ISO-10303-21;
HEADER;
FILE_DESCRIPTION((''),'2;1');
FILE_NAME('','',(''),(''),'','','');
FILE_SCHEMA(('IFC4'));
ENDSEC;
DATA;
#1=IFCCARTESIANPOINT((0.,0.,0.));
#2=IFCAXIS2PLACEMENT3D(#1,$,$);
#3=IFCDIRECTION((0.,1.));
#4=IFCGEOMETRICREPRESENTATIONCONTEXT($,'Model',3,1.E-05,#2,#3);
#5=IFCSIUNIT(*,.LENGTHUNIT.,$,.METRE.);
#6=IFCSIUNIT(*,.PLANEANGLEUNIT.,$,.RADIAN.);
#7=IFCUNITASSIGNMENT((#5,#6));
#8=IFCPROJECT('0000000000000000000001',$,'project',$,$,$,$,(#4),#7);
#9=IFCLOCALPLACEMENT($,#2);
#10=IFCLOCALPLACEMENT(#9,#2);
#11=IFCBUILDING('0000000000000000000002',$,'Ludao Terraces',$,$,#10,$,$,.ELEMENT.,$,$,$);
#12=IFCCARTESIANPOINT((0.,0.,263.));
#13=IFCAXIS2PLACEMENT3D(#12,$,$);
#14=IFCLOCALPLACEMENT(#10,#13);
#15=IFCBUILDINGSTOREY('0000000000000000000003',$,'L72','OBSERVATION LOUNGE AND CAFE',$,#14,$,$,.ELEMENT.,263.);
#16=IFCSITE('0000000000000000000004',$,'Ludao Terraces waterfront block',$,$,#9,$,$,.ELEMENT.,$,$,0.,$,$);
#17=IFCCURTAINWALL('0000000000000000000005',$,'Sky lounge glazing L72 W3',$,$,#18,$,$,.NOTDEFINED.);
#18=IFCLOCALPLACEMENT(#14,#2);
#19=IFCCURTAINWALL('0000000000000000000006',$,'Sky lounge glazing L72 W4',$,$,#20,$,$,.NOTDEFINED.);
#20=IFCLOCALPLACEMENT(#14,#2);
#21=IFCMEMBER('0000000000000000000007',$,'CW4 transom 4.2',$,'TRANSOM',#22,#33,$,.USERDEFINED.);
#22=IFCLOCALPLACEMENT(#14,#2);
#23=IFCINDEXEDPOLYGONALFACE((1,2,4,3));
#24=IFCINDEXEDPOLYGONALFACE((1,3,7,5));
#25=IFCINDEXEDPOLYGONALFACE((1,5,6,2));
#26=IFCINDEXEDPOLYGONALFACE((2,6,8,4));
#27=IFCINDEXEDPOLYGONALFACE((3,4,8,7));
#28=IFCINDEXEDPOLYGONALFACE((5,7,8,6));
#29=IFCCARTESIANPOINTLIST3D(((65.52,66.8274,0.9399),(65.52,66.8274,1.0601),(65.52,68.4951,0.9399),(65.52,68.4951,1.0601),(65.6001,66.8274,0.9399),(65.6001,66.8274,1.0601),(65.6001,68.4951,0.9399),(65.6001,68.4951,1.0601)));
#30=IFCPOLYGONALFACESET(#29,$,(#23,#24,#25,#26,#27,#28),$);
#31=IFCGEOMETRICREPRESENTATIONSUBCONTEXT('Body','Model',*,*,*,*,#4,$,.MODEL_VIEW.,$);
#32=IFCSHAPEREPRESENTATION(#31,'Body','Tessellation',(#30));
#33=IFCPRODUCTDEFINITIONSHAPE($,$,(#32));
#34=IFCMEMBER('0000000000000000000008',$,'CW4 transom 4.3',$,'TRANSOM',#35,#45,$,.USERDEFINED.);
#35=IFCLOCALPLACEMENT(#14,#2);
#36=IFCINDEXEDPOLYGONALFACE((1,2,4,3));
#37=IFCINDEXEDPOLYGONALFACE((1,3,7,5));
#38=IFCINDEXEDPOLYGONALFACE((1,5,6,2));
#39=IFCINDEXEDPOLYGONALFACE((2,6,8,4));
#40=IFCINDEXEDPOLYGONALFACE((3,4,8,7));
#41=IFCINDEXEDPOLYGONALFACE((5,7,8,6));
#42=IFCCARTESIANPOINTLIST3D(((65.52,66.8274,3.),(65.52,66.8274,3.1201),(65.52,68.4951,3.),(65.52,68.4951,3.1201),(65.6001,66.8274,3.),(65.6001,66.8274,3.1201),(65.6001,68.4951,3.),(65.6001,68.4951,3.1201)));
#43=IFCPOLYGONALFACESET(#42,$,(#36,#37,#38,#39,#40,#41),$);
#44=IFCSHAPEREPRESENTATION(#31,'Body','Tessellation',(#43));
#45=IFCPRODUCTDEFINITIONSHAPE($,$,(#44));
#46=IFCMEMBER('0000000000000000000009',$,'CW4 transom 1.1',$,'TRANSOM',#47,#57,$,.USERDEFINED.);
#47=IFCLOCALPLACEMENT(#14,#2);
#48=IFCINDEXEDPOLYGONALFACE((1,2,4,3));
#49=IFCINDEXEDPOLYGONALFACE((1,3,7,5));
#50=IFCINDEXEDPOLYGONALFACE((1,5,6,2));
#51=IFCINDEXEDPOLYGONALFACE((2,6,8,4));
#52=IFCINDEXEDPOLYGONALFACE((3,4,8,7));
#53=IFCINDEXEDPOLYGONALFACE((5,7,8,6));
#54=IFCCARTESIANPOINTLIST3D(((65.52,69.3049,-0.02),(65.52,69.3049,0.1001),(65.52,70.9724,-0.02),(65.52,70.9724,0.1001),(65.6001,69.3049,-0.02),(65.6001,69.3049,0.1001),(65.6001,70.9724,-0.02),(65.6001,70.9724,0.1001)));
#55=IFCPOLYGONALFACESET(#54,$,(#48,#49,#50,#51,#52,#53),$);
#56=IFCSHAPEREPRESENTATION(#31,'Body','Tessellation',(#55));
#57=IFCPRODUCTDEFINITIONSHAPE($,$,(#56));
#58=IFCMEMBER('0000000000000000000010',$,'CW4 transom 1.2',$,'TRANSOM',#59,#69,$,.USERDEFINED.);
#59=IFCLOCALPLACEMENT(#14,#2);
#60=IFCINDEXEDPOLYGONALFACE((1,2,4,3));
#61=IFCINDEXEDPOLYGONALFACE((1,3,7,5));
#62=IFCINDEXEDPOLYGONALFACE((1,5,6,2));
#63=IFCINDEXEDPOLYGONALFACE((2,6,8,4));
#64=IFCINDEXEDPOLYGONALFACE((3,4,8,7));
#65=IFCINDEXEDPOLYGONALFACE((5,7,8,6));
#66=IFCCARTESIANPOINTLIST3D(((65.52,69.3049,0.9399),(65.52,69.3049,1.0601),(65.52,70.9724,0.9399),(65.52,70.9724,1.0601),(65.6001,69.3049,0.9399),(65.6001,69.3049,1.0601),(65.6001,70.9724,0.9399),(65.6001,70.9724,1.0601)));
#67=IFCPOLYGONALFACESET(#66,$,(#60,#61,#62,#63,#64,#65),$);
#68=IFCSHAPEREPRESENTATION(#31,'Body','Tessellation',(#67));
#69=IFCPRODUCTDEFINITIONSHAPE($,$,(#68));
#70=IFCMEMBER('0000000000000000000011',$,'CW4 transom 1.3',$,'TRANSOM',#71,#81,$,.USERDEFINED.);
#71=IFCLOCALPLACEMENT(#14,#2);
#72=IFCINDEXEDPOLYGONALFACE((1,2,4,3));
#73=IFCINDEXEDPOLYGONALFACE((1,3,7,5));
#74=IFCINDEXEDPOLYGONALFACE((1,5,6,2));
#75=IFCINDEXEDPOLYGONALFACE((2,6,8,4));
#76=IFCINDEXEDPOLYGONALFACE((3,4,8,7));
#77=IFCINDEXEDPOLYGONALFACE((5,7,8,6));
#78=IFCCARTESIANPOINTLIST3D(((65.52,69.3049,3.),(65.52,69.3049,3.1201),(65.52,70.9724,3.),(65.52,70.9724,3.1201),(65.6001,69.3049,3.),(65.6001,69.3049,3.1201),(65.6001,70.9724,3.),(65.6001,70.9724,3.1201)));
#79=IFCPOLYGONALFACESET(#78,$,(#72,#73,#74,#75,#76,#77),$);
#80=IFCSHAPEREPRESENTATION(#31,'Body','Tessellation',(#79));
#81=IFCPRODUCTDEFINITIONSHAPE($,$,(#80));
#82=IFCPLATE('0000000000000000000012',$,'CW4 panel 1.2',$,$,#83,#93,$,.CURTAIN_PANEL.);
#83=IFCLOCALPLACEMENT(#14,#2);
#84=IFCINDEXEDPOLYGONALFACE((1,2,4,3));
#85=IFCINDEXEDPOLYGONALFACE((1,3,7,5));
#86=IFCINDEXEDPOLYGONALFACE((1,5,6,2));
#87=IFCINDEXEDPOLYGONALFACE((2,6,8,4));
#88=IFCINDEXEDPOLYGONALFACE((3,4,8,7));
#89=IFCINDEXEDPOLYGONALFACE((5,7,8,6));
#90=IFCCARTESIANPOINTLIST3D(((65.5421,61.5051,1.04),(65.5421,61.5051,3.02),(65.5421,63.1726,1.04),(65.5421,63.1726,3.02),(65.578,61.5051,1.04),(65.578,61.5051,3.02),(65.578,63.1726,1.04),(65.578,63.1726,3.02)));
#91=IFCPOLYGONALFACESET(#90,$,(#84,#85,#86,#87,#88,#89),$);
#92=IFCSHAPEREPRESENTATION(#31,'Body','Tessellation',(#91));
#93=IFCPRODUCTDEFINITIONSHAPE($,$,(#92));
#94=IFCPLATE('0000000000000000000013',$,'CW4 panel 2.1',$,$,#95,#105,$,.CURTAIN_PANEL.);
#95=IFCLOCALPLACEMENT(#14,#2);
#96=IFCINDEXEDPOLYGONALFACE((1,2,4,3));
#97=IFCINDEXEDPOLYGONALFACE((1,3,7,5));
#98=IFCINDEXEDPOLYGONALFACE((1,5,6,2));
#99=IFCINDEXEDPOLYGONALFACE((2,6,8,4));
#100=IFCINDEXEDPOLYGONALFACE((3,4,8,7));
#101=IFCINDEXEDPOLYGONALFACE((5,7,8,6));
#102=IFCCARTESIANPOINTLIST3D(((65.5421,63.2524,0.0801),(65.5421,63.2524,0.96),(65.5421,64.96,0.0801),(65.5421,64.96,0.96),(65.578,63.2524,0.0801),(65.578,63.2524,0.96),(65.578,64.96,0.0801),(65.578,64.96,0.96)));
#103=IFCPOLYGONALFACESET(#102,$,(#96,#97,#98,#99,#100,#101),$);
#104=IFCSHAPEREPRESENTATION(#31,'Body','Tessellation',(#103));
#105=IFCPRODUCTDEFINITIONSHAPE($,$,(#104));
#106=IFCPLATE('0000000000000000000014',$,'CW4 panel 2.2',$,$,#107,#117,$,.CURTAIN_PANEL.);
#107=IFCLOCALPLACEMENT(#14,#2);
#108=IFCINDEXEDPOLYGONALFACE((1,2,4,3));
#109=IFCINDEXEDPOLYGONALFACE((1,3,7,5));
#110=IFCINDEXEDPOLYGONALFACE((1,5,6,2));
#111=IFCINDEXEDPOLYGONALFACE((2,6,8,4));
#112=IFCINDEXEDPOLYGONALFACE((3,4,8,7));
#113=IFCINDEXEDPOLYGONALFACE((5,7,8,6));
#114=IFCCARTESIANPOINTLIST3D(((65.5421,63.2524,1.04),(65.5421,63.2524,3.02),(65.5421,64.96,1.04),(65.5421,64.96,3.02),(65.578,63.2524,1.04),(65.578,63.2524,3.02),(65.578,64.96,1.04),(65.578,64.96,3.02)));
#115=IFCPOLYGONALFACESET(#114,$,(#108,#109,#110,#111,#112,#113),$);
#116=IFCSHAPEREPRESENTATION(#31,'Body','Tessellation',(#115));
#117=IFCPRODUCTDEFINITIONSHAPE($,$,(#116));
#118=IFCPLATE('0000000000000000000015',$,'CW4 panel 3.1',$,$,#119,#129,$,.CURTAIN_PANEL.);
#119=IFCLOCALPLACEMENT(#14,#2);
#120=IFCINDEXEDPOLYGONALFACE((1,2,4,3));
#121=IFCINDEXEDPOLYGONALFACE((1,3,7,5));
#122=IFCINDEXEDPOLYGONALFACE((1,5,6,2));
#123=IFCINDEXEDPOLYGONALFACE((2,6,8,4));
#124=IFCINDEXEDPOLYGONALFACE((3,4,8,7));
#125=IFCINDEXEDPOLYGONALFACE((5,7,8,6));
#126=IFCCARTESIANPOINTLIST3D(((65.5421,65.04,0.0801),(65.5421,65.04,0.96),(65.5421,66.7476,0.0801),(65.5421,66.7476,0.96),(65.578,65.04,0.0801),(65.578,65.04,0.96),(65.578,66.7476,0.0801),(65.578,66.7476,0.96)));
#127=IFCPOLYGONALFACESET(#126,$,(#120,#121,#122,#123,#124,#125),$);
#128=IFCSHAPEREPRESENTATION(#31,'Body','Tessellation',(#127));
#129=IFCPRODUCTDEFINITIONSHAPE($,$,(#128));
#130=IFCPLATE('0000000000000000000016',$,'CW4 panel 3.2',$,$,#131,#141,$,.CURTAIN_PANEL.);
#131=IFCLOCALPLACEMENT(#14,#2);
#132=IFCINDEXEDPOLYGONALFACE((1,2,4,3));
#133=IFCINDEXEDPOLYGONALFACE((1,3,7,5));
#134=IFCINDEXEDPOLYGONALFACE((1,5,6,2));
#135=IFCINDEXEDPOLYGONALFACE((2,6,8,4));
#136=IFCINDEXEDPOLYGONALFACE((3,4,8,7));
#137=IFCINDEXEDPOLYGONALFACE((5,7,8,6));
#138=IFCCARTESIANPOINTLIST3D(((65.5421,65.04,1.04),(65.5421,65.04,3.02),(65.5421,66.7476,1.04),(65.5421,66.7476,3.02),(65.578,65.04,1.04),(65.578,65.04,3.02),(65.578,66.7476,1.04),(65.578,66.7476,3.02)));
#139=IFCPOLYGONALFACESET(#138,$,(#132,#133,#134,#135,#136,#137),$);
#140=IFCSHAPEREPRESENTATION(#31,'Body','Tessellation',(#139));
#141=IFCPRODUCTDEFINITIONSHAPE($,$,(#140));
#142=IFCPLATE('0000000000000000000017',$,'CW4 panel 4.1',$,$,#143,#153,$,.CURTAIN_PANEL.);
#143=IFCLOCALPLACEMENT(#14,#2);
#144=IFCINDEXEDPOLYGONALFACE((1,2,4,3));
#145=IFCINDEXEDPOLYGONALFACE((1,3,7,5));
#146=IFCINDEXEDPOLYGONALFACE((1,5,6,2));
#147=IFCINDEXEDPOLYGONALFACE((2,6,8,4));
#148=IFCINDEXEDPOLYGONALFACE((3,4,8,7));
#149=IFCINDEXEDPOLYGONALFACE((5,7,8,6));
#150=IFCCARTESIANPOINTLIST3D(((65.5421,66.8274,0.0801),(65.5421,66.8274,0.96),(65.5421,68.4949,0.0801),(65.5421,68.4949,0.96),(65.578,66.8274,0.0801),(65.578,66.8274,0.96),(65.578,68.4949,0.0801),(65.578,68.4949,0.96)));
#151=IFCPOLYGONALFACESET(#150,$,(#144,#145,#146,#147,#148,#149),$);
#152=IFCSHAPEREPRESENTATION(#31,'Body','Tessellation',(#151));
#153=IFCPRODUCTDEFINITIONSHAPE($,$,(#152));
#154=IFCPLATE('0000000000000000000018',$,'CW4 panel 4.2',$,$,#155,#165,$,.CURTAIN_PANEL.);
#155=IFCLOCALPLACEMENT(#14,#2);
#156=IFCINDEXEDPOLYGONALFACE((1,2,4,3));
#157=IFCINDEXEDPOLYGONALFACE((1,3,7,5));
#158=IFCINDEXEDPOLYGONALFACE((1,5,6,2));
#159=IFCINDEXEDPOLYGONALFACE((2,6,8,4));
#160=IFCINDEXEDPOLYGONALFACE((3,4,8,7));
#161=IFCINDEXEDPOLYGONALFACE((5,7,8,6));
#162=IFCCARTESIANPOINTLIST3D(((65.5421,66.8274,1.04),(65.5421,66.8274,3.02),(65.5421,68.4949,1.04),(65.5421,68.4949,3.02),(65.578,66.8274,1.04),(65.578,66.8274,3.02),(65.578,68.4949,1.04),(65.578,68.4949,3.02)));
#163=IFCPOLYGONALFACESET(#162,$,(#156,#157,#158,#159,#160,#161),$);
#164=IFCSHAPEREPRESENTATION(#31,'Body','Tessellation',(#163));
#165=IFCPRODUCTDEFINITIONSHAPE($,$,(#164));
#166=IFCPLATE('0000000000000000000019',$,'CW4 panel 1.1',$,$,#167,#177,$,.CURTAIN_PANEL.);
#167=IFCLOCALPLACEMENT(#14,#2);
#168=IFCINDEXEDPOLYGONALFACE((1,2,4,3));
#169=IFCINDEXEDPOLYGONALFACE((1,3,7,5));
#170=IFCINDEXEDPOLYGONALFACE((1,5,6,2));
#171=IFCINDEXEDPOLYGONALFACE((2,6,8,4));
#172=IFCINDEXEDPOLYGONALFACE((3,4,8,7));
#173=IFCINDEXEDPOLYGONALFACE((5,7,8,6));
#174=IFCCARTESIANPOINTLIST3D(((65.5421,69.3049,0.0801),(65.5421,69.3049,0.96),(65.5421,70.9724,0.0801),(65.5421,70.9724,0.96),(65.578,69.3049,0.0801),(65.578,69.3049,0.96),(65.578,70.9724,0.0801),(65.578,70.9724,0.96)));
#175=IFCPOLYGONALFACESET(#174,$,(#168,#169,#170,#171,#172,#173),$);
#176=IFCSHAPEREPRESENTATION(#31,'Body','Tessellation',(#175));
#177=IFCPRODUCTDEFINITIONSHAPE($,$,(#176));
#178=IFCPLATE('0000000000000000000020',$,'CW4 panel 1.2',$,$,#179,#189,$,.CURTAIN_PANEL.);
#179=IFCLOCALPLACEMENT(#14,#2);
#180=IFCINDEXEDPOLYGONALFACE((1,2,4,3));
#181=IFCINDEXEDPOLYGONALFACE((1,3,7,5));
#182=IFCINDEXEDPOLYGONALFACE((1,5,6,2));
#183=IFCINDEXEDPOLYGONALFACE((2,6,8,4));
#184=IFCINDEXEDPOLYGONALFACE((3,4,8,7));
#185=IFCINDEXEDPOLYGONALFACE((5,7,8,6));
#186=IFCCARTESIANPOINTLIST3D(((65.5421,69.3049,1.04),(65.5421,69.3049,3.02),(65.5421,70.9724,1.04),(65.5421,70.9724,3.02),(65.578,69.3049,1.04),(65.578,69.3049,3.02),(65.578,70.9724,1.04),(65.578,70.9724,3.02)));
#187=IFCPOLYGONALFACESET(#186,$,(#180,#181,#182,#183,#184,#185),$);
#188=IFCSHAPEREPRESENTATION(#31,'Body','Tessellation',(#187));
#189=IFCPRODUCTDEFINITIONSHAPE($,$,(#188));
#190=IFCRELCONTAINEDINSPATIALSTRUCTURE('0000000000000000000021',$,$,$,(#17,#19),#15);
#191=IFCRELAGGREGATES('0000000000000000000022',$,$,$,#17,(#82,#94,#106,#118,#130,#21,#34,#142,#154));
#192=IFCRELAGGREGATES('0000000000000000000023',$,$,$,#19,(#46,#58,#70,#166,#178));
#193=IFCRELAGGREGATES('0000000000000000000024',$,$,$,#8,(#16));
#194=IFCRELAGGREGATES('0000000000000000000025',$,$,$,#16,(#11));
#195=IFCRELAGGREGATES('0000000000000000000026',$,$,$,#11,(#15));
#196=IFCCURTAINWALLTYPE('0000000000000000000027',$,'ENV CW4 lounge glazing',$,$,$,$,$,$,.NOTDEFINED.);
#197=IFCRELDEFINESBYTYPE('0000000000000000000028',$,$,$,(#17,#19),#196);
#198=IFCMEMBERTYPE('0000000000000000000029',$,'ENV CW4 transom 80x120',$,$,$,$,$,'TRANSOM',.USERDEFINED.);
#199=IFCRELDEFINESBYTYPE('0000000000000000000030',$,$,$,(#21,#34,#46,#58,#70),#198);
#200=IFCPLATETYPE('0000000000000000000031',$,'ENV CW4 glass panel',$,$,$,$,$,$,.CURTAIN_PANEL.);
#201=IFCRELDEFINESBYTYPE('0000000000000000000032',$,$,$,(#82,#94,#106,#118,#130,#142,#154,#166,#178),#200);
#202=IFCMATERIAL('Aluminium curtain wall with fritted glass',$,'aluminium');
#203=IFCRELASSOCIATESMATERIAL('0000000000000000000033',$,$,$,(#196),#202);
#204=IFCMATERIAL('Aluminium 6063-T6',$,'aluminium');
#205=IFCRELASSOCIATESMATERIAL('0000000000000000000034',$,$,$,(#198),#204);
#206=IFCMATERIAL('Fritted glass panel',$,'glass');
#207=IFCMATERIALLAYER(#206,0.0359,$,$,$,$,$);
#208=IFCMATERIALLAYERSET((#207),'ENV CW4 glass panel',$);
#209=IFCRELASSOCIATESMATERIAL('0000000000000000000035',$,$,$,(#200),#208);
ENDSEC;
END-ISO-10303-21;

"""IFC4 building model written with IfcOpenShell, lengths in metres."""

from ifc_helpers import new_model, si_unit, direction, frame, origin, origin_2d, place, context, subcontext, project, spatial, rectangle, extrude, material, layer, layer_set, material_profile, profile_set, type_object, element, aggregate, save


model = new_model("IFC4")

# Units and contexts
model_context = context("Model", 3, precision=1e-05, world=origin(), true_north=direction((0.0, 1.0)))
body_context = subcontext(model_context, "Body", "Model", "MODEL_VIEW")
ifc_project = project(units=[si_unit("LENGTHUNIT", "METRE"), si_unit("PLANEANGLEUNIT", "RADIAN")], contexts=[model_context])

# Site, building, storey
site_placement = place(None, origin())
site = spatial("IfcSite", under=ifc_project, at=site_placement, Name="Ludao Terraces waterfront block", CompositionType="ELEMENT", RefElevation=0.0)
building_placement = place(site_placement, origin())
building = spatial("IfcBuilding", under=site, at=building_placement, Name="Ludao Terraces", CompositionType="ELEMENT")
storey_placement = place(building_placement, frame((0.0, 0.0, 263.0)))
storey = spatial("IfcBuildingStorey", under=building, at=storey_placement, Name="L72", Description="OBSERVATION LOUNGE AND CAFE", CompositionType="ELEMENT", Elevation=263.0)

# Curtain walls
ifc_material_1 = material(Name="Aluminium curtain wall with fritted glass", Category="aluminium")
curtain_wall_type = type_object("IfcCurtainWallType", Name="ENV CW4 lounge glazing", PredefinedType="NOTDEFINED", material=ifc_material_1)
curtain_wall_1_placement = place(storey_placement, origin())
curtain_wall_1 = element("IfcCurtainWall", 1, at=curtain_wall_1_placement, inside=storey, type_object=curtain_wall_type, Name="Sky lounge glazing L72 W3", PredefinedType="NOTDEFINED")
ifc_material_2 = material(Name="Aluminium 6063-T6", Category="aluminium")
curtain_wall_2_placement = place(storey_placement, origin())
curtain_wall_2 = element("IfcCurtainWall", 2, at=curtain_wall_2_placement, inside=storey, type_object=curtain_wall_type, Name="Sky lounge glazing L72 W4", PredefinedType="NOTDEFINED")

# Members
ifc_material_profile_1 = material_profile(ifc_material_2, rectangle(XDim=0.0801, YDim=0.1201, at=origin_2d()), Name="80 X 120")
ifc_profile_set_1 = profile_set([ifc_material_profile_1], Name="Aluminium 6063-T6")
member_type_1 = type_object("IfcMemberType", Name="ENV CW4 transom 80x120", ElementType="TRANSOM", PredefinedType="USERDEFINED", material=ifc_profile_set_1)
member_1_placement = place(storey_placement, frame((65.5601, 66.8274, 1.0), z_axis=(0.0, 1.0, 0.0), x_axis=(-1.0, 0.0, 0.0)))
member_1 = element("IfcMember", 3, at=member_1_placement, type_object=member_type_1, Name="CW4 transom 4.2", ObjectType="TRANSOM", PredefinedType="USERDEFINED", context=body_context, shape_type="SweptSolid", body=[
    extrude(rectangle(XDim=0.0801, YDim=0.1201, at=origin_2d()), origin(), (0.0, 0.0, 1.0), 1.6677),
])
member_2_placement = place(storey_placement, frame((65.5601, 66.8274, 3.0601), z_axis=(0.0, 1.0, 0.0), x_axis=(-1.0, 0.0, 0.0)))
member_2 = element("IfcMember", 4, at=member_2_placement, type_object=member_type_1, Name="CW4 transom 4.3", ObjectType="TRANSOM", PredefinedType="USERDEFINED", context=body_context, shape_type="SweptSolid", body=[
    extrude(rectangle(XDim=0.0801, YDim=0.1201, at=origin_2d()), origin(), (0.0, 0.0, 1.0), 1.6677),
])
member_3_placement = place(storey_placement, frame((65.5601, 69.3049, 0.04), z_axis=(0.0, 1.0, 0.0), x_axis=(-1.0, 0.0, 0.0)))
member_3 = element("IfcMember", 5, at=member_3_placement, type_object=member_type_1, Name="CW4 transom 1.1", ObjectType="TRANSOM", PredefinedType="USERDEFINED", context=body_context, shape_type="SweptSolid", body=[
    extrude(rectangle(XDim=0.0801, YDim=0.1201, at=origin_2d()), origin(), (0.0, 0.0, 1.0), 1.6675),
])
member_4_placement = place(storey_placement, frame((65.5601, 69.3049, 1.0), z_axis=(0.0, 1.0, 0.0), x_axis=(-1.0, 0.0, 0.0)))
member_4 = element("IfcMember", 6, at=member_4_placement, type_object=member_type_1, Name="CW4 transom 1.2", ObjectType="TRANSOM", PredefinedType="USERDEFINED", context=body_context, shape_type="SweptSolid", body=[
    extrude(rectangle(XDim=0.0801, YDim=0.1201, at=origin_2d()), origin(), (0.0, 0.0, 1.0), 1.6675),
])
member_5_placement = place(storey_placement, frame((65.5601, 69.3049, 3.0601), z_axis=(0.0, 1.0, 0.0), x_axis=(-1.0, 0.0, 0.0)))
member_5 = element("IfcMember", 7, at=member_5_placement, type_object=member_type_1, Name="CW4 transom 1.3", ObjectType="TRANSOM", PredefinedType="USERDEFINED", context=body_context, shape_type="SweptSolid", body=[
    extrude(rectangle(XDim=0.0801, YDim=0.1201, at=origin_2d()), origin(), (0.0, 0.0, 1.0), 1.6675),
])

# Plates
ifc_material_3 = material(Name="Fritted glass panel", Category="glass")
ifc_layer_1 = layer(ifc_material_3, 0.0359)
ifc_layer_set_1 = layer_set([ifc_layer_1], Name="ENV CW4 glass panel")
plate_type = type_object("IfcPlateType", Name="ENV CW4 glass panel", PredefinedType="CURTAIN_PANEL", material=ifc_layer_set_1)
plate_1_placement = place(storey_placement, frame((65.5601, 62.3389, 1.04), z_axis=(0.0, 0.0, 1.0), x_axis=(0.0, 1.0, 0.0)))
plate_1 = element("IfcPlate", 8, at=plate_1_placement, type_object=plate_type, Name="CW4 panel 1.2", PredefinedType="CURTAIN_PANEL", context=body_context, shape_type="SweptSolid", body=[
    extrude(rectangle(XDim=1.6675, YDim=0.0359, at=origin_2d()), origin(), (0.0, 0.0, 1.0), 1.98),
])
plate_2_placement = place(storey_placement, frame((65.5601, 64.1062, 0.0801), z_axis=(0.0, 0.0, 1.0), x_axis=(0.0, 1.0, 0.0)))
plate_2 = element("IfcPlate", 9, at=plate_2_placement, type_object=plate_type, Name="CW4 panel 2.1", PredefinedType="CURTAIN_PANEL", context=body_context, shape_type="SweptSolid", body=[
    extrude(rectangle(XDim=1.7075, YDim=0.0359, at=origin_2d()), origin(), (0.0, 0.0, 1.0), 0.8799),
])
plate_3_placement = place(storey_placement, frame((65.5601, 64.1062, 1.04), z_axis=(0.0, 0.0, 1.0), x_axis=(0.0, 1.0, 0.0)))
plate_3 = element("IfcPlate", 10, at=plate_3_placement, type_object=plate_type, Name="CW4 panel 2.2", PredefinedType="CURTAIN_PANEL", context=body_context, shape_type="SweptSolid", body=[
    extrude(rectangle(XDim=1.7075, YDim=0.0359, at=origin_2d()), origin(), (0.0, 0.0, 1.0), 1.98),
])
plate_4_placement = place(storey_placement, frame((65.5601, 65.8938, 0.0801), z_axis=(0.0, 0.0, 1.0), x_axis=(0.0, 1.0, 0.0)))
plate_4 = element("IfcPlate", 11, at=plate_4_placement, type_object=plate_type, Name="CW4 panel 3.1", PredefinedType="CURTAIN_PANEL", context=body_context, shape_type="SweptSolid", body=[
    extrude(rectangle(XDim=1.7075, YDim=0.0359, at=origin_2d()), origin(), (0.0, 0.0, 1.0), 0.8799),
])
plate_5_placement = place(storey_placement, frame((65.5601, 65.8938, 1.04), z_axis=(0.0, 0.0, 1.0), x_axis=(0.0, 1.0, 0.0)))
plate_5 = element("IfcPlate", 12, at=plate_5_placement, type_object=plate_type, Name="CW4 panel 3.2", PredefinedType="CURTAIN_PANEL", context=body_context, shape_type="SweptSolid", body=[
    extrude(rectangle(XDim=1.7075, YDim=0.0359, at=origin_2d()), origin(), (0.0, 0.0, 1.0), 1.98),
])
plate_6_placement = place(storey_placement, frame((65.5601, 67.6611, 0.0801), z_axis=(0.0, 0.0, 1.0), x_axis=(0.0, 1.0, 0.0)))
plate_6 = element("IfcPlate", 13, at=plate_6_placement, type_object=plate_type, Name="CW4 panel 4.1", PredefinedType="CURTAIN_PANEL", context=body_context, shape_type="SweptSolid", body=[
    extrude(rectangle(XDim=1.6675, YDim=0.0359, at=origin_2d()), origin(), (0.0, 0.0, 1.0), 0.8799),
])
plate_7_placement = place(storey_placement, frame((65.5601, 67.6611, 1.04), z_axis=(0.0, 0.0, 1.0), x_axis=(0.0, 1.0, 0.0)))
plate_7 = element("IfcPlate", 14, at=plate_7_placement, type_object=plate_type, Name="CW4 panel 4.2", PredefinedType="CURTAIN_PANEL", context=body_context, shape_type="SweptSolid", body=[
    extrude(rectangle(XDim=1.6675, YDim=0.0359, at=origin_2d()), origin(), (0.0, 0.0, 1.0), 1.98),
])
aggregate(curtain_wall_1, [plate_1, plate_2, plate_3, plate_4, plate_5, member_1, member_2, plate_6, plate_7])
plate_8_placement = place(storey_placement, frame((65.5601, 70.1387, 0.0801), z_axis=(0.0, 0.0, 1.0), x_axis=(0.0, 1.0, 0.0)))
plate_8 = element("IfcPlate", 15, at=plate_8_placement, type_object=plate_type, Name="CW4 panel 1.1", PredefinedType="CURTAIN_PANEL", context=body_context, shape_type="SweptSolid", body=[
    extrude(rectangle(XDim=1.6675, YDim=0.0359, at=origin_2d()), origin(), (0.0, 0.0, 1.0), 0.8799),
])
plate_9_placement = place(storey_placement, frame((65.5601, 70.1387, 1.04), z_axis=(0.0, 0.0, 1.0), x_axis=(0.0, 1.0, 0.0)))
plate_9 = element("IfcPlate", 16, at=plate_9_placement, type_object=plate_type, Name="CW4 panel 1.2", PredefinedType="CURTAIN_PANEL", context=body_context, shape_type="SweptSolid", body=[
    extrude(rectangle(XDim=1.6675, YDim=0.0359, at=origin_2d()), origin(), (0.0, 0.0, 1.0), 1.98),
])
aggregate(curtain_wall_2, [member_3, member_4, member_5, plate_8, plate_9])

save(model, "model.ifc")
